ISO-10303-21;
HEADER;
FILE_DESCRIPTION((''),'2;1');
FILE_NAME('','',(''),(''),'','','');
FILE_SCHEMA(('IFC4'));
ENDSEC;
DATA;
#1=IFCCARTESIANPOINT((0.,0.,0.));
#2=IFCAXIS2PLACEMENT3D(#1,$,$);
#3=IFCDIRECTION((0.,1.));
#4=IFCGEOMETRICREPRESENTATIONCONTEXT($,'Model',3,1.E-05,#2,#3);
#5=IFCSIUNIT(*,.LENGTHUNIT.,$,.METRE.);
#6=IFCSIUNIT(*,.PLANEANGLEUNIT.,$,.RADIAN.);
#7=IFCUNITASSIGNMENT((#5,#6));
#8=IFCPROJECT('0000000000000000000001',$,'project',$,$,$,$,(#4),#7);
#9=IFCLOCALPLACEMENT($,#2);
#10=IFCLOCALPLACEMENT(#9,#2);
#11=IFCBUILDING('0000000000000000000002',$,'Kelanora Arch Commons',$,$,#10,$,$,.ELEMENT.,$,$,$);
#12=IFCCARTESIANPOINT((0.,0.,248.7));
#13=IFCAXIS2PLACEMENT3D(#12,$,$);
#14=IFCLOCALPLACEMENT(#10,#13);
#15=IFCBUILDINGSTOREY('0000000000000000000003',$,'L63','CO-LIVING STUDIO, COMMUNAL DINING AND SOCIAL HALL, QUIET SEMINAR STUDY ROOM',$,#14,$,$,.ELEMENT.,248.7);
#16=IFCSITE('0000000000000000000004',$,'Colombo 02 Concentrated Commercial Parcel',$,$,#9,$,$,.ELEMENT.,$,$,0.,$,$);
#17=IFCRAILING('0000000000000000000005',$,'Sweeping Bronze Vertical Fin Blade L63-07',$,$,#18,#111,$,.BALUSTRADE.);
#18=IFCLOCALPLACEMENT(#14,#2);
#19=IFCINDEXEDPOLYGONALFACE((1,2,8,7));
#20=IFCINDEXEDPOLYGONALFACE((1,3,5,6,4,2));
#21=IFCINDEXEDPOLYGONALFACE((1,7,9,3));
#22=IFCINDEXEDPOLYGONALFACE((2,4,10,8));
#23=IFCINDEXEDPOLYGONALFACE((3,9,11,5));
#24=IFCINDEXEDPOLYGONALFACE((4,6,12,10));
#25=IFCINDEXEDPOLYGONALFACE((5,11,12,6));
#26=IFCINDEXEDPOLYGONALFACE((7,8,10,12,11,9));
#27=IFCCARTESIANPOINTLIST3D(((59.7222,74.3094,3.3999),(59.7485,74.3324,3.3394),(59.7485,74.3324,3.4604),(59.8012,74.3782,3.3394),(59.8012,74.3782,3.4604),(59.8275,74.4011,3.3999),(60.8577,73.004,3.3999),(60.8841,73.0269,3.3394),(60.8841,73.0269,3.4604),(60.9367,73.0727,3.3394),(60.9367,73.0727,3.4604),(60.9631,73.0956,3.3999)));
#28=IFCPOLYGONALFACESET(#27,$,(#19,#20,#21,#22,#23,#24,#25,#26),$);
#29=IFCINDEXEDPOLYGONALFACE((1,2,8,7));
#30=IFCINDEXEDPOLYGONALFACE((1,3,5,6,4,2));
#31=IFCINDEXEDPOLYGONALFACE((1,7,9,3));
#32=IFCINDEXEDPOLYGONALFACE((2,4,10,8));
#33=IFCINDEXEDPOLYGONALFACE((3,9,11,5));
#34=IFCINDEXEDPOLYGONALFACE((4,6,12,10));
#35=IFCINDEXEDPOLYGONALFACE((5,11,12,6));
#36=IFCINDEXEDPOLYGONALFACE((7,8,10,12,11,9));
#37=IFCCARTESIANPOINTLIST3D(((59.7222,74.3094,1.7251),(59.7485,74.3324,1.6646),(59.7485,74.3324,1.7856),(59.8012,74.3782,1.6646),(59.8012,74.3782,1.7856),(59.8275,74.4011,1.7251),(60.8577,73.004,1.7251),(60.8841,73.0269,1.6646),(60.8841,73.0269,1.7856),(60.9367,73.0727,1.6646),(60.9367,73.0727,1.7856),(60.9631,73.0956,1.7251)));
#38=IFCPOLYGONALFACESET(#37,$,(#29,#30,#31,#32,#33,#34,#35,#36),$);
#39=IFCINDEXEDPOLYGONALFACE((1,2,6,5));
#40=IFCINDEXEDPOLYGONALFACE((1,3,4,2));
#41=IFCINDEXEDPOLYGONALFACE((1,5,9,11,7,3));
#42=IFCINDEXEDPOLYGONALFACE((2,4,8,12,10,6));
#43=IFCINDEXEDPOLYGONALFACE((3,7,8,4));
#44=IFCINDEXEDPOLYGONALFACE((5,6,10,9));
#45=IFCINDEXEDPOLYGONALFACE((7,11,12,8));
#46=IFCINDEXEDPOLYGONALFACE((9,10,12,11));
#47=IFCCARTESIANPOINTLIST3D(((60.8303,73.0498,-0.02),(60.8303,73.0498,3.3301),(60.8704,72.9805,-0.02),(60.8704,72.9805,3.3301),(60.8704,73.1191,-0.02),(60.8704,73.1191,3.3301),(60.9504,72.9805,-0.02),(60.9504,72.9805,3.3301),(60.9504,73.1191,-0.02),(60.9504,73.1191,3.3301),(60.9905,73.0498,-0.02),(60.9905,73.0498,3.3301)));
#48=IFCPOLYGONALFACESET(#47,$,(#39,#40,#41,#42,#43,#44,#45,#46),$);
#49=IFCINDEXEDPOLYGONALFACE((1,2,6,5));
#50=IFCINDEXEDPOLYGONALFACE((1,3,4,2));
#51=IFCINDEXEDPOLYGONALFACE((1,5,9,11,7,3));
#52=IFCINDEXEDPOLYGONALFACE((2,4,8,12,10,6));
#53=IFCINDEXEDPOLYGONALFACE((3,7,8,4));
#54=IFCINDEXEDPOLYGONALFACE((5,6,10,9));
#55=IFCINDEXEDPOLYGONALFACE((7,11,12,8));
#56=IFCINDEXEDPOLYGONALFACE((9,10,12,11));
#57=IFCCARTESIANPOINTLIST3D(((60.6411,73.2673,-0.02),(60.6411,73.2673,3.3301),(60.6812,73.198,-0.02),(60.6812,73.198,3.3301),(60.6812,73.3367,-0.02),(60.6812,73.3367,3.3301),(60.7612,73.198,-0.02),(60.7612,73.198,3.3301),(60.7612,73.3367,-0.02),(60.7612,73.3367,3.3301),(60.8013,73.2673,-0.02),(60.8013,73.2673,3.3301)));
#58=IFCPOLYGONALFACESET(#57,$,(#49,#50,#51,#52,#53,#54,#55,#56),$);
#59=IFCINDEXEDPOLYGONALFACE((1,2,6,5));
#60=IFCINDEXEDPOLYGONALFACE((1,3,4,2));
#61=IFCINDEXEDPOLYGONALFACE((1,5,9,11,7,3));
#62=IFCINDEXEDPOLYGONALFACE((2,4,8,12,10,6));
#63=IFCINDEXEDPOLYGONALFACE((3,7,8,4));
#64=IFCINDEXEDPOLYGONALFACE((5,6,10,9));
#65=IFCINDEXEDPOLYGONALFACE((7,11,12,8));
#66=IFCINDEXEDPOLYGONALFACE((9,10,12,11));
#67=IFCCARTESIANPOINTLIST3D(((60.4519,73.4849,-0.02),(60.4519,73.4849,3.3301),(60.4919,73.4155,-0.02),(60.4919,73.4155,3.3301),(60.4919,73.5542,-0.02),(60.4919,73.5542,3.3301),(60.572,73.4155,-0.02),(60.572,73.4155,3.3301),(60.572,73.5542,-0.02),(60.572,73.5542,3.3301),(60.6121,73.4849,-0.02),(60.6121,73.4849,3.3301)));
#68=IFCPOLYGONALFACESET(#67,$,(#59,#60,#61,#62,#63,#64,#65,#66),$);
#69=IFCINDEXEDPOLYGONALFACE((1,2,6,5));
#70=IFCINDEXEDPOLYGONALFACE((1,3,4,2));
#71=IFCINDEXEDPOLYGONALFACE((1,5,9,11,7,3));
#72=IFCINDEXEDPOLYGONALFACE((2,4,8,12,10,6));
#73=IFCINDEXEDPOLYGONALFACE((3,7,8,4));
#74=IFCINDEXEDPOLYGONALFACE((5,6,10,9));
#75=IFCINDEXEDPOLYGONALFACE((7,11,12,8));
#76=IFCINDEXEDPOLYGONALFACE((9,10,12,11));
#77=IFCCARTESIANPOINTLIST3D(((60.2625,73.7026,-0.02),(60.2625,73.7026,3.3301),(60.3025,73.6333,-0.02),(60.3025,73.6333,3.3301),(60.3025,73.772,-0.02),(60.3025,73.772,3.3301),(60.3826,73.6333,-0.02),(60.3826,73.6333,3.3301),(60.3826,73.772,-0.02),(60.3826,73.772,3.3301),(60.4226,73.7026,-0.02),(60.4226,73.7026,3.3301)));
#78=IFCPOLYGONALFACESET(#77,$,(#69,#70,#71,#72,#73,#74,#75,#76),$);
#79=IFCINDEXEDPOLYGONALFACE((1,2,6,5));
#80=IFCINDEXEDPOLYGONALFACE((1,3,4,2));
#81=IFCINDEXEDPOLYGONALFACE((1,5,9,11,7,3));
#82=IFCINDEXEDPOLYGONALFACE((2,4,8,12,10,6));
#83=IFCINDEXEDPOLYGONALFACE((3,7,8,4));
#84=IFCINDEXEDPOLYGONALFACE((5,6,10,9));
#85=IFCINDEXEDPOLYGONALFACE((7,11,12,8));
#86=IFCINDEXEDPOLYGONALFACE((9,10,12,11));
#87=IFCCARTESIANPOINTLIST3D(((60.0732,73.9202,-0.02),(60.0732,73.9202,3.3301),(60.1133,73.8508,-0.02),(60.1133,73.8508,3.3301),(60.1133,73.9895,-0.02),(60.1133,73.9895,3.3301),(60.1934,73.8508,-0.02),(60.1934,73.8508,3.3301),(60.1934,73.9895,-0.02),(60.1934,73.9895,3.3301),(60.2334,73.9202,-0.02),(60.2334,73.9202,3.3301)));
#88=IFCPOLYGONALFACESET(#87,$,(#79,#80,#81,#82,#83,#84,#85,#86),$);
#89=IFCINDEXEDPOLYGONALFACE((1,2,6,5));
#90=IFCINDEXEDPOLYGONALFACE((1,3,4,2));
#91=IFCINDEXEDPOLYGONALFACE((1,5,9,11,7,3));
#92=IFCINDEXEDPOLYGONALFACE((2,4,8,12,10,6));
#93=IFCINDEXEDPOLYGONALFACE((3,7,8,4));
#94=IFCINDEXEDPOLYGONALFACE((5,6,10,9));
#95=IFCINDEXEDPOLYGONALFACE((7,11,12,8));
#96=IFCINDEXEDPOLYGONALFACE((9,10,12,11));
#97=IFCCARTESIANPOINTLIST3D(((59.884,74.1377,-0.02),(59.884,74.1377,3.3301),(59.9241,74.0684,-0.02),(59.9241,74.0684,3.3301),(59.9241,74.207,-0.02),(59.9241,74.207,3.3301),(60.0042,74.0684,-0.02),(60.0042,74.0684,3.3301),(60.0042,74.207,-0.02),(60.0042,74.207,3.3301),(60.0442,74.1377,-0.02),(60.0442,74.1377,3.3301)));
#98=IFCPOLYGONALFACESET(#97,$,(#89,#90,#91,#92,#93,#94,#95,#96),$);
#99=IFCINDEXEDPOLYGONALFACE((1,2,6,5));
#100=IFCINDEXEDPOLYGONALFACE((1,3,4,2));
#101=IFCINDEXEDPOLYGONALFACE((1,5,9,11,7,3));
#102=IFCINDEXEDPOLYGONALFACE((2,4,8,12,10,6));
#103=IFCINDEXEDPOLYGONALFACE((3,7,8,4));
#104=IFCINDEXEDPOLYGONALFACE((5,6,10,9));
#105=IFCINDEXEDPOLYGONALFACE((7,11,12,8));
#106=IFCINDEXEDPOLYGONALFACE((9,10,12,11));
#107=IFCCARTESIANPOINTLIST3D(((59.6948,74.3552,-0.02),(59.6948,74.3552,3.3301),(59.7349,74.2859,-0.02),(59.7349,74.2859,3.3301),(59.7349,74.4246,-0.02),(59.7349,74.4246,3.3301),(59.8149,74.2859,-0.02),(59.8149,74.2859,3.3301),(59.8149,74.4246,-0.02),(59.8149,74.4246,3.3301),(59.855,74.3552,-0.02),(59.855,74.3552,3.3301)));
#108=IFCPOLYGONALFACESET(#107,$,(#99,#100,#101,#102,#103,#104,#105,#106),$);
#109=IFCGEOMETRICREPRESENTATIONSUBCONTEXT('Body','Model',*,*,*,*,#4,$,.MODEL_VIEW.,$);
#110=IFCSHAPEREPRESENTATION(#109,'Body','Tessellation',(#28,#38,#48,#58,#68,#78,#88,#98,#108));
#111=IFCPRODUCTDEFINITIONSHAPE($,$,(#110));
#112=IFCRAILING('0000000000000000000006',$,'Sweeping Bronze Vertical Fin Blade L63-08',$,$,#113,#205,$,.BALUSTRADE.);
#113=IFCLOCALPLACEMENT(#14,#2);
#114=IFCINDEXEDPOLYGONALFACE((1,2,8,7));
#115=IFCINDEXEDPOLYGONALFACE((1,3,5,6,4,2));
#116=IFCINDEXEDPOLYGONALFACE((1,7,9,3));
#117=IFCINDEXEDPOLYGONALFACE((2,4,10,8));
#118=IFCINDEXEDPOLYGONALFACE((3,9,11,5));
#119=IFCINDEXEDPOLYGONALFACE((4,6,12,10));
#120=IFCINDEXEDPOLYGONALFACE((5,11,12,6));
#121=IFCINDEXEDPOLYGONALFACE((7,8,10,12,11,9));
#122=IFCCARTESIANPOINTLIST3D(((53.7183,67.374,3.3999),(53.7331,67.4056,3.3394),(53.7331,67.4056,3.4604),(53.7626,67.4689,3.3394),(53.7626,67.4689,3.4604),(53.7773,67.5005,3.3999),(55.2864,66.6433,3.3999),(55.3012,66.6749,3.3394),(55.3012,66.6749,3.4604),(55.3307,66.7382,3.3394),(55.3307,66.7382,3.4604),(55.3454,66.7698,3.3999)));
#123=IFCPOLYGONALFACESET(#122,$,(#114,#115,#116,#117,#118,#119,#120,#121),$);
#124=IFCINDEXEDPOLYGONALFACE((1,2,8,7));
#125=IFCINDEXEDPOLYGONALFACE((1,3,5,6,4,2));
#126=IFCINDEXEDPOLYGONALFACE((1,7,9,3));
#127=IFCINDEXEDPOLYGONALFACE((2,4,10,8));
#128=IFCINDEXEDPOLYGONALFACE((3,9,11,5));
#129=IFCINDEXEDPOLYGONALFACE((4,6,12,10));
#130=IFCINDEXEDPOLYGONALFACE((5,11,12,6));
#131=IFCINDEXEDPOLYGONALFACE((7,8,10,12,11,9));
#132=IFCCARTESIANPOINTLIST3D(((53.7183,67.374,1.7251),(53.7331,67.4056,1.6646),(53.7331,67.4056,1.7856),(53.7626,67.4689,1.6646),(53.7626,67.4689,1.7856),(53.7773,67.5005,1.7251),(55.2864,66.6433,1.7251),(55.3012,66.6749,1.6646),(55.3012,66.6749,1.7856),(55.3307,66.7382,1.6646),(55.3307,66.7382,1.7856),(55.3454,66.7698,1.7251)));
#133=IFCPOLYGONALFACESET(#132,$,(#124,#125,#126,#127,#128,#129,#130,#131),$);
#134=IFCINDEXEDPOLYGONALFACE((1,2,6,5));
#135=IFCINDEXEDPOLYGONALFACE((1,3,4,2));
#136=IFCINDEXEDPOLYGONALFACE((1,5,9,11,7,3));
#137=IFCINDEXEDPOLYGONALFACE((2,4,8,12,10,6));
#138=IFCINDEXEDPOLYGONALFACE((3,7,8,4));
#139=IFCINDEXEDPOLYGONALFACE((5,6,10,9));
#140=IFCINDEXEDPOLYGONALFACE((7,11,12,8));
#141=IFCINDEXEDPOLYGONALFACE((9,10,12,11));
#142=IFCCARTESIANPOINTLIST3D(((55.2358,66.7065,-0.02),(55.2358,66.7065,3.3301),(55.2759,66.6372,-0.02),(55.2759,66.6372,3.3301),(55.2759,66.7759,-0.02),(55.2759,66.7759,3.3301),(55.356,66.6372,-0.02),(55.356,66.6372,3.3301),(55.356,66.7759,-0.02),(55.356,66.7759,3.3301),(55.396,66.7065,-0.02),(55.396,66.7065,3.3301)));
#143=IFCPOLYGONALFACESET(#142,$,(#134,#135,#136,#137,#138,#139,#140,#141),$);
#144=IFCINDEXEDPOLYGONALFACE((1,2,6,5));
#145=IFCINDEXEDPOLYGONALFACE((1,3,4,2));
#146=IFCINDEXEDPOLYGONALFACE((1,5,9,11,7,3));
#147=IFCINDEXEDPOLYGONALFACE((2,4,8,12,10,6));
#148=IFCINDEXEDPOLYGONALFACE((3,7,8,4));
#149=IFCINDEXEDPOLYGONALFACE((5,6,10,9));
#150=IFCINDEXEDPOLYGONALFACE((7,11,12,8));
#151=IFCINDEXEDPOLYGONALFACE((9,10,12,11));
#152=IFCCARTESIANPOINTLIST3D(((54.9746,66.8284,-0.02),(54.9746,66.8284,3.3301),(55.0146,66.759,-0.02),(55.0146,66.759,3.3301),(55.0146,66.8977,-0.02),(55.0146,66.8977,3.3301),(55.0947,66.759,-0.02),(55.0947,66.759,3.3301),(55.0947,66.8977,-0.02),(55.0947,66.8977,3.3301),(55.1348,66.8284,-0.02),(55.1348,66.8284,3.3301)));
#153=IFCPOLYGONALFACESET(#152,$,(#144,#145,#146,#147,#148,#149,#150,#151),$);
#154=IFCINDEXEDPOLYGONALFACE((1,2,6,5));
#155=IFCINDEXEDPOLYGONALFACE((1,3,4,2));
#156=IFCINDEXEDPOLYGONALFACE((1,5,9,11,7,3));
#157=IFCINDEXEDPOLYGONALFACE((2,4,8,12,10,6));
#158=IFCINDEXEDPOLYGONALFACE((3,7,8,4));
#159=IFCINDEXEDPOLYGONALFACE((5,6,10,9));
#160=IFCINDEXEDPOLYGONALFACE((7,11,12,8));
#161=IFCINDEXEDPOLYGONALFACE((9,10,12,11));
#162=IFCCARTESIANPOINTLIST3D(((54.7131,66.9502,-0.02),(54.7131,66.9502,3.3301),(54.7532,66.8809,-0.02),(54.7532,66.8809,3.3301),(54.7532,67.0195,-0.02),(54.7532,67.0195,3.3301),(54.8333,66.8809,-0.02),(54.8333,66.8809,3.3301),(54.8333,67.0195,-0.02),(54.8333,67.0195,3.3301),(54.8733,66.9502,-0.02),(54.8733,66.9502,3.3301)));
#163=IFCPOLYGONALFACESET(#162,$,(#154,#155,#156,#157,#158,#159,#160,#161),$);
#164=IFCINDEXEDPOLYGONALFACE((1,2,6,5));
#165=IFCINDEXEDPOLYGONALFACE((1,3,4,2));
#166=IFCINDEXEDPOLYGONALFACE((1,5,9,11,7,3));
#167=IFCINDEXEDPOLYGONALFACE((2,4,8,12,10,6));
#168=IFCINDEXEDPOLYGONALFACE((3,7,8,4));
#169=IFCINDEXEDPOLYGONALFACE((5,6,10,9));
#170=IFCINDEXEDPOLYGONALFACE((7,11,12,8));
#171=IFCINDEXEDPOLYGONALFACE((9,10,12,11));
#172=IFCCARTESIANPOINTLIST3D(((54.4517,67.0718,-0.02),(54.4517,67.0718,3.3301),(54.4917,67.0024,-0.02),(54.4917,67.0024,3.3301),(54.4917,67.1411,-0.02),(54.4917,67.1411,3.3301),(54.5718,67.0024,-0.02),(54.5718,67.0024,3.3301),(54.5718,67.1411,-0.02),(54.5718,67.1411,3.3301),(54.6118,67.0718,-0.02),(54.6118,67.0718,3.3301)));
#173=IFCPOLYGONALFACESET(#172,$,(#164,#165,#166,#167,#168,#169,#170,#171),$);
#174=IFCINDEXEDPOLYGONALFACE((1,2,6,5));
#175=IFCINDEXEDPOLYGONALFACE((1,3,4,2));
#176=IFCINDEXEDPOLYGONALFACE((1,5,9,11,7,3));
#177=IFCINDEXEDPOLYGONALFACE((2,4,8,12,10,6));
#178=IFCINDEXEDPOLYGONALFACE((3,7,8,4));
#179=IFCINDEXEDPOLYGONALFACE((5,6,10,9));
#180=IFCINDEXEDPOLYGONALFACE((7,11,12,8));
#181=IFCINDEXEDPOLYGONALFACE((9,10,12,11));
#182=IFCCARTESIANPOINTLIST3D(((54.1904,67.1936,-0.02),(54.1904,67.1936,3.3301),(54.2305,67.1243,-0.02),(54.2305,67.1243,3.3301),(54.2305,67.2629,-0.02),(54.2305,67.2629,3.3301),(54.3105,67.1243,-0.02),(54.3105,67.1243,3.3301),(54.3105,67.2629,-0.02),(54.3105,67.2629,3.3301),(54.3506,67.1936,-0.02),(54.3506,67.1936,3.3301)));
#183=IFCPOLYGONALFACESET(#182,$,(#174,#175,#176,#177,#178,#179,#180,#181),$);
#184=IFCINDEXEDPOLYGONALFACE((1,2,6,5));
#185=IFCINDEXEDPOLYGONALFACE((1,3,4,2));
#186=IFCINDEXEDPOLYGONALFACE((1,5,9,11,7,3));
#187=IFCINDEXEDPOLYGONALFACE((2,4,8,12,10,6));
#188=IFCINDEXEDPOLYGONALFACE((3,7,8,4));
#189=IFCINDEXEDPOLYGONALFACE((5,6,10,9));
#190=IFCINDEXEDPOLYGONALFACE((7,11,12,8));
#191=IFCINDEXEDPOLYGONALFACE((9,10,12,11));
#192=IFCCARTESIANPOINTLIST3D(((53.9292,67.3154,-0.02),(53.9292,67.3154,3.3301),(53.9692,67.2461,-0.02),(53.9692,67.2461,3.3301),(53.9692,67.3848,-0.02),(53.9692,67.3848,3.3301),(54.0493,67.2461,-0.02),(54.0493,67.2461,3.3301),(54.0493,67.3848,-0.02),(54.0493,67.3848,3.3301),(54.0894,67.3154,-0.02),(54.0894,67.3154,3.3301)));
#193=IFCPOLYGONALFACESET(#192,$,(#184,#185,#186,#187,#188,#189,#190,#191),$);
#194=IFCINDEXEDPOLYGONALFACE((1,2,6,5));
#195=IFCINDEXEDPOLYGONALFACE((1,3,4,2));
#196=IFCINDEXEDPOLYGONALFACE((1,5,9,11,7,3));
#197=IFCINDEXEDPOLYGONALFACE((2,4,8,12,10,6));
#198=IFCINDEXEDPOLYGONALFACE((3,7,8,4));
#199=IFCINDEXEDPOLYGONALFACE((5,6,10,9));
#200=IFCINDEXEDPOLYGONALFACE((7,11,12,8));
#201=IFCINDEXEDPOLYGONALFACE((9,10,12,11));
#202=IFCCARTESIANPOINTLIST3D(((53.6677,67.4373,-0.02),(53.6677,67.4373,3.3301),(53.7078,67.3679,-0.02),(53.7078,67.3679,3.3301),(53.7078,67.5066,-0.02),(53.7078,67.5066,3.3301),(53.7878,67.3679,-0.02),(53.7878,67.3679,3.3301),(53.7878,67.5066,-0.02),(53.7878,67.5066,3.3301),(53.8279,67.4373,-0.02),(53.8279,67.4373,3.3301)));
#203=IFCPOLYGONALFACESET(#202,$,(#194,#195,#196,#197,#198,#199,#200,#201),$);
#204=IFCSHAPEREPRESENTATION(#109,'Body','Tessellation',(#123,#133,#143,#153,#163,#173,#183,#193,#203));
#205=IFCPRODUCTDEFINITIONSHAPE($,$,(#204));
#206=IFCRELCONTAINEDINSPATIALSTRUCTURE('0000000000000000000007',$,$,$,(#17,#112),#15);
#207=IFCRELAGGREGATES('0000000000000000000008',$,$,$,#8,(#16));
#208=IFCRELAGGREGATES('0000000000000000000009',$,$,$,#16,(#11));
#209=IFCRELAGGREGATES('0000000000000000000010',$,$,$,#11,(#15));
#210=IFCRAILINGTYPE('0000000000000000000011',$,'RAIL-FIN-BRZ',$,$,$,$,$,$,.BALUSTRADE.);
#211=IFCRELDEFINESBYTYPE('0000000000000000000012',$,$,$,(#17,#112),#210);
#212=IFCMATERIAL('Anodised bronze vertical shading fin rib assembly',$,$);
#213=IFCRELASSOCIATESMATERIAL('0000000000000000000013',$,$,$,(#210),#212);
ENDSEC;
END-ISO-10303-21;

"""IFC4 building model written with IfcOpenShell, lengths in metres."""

from ifc_helpers import new_model, si_unit, direction, frame, origin, place, context, subcontext, project, spatial, polyline, outline, extrude, material, type_object, element, save


model = new_model("IFC4")

# Units and contexts
model_context = context("Model", 3, precision=1e-05, world=origin(), true_north=direction((0.0, 1.0)))
body_context = subcontext(model_context, "Body", "Model", "MODEL_VIEW")
ifc_project = project(units=[si_unit("LENGTHUNIT", "METRE"), si_unit("PLANEANGLEUNIT", "RADIAN")], contexts=[model_context])

# Site, building, storey
site_placement = place(None, origin())
site = spatial("IfcSite", under=ifc_project, at=site_placement, Name="Colombo 02 Concentrated Commercial Parcel", CompositionType="ELEMENT", RefElevation=0.0)
building_placement = place(site_placement, origin())
building = spatial("IfcBuilding", under=site, at=building_placement, Name="Kelanora Arch Commons", CompositionType="ELEMENT")
storey_placement = place(building_placement, frame((0.0, 0.0, 248.7)))
storey = spatial("IfcBuildingStorey", under=building, at=storey_placement, Name="L63", Description="CO-LIVING STUDIO, COMMUNAL DINING AND SOCIAL HALL, QUIET SEMINAR STUDY ROOM", CompositionType="ELEMENT", Elevation=248.7)

# Railings
ifc_material_1 = material(Name="Anodised bronze vertical shading fin rib assembly")
railing_type = type_object("IfcRailingType", Name="RAIL-FIN-BRZ", PredefinedType="BALUSTRADE", material=ifc_material_1)
railing_1_placement = place(storey_placement, frame((60.9104, 73.0498, -0.02)))
element("IfcRailing", 1, at=railing_1_placement, inside=storey, type_object=railing_type, Name="Sweeping Bronze Vertical Fin Blade L63-07", PredefinedType="BALUSTRADE", context=body_context, shape_type="SweptSolid", body=[
    extrude(outline(polyline([(0.0698, 0.0), (0.0349, 0.0605), (-0.0349, 0.0605), (-0.0698, 0.0), (-0.0349, -0.0605), (0.0349, -0.0605), (0.0698, 0.0)])), frame((0.0, 0.0, 3.4199), z_axis=(-0.656294, 0.754505, 0.0), x_axis=(-0.754505, -0.656294, 0.0)), (0.0, 0.0, 1.0), 1.7302),
    extrude(outline(polyline([(0.0698, 0.0), (0.0349, 0.0605), (-0.0349, 0.0605), (-0.0698, 0.0), (-0.0349, -0.0605), (0.0349, -0.0605), (0.0698, 0.0)])), frame((0.0, 0.0, 1.7451), z_axis=(-0.656294, 0.754505, 0.0), x_axis=(-0.754505, -0.656294, 0.0)), (0.0, 0.0, 1.0), 1.7302),
    extrude(outline(polyline([(0.0801, 0.0), (0.04, 0.0693), (-0.04, 0.0693), (-0.0801, 0.0), (-0.04, -0.0693), (0.04, -0.0693), (0.0801, 0.0)])), origin(), (0.0, 0.0, 1.0), 3.3501),
    extrude(outline(polyline([(0.0801, 0.0), (0.04, 0.0693), (-0.04, 0.0693), (-0.0801, 0.0), (-0.04, -0.0693), (0.04, -0.0693), (0.0801, 0.0)])), frame((-0.1892, 0.2175, 0.0)), (0.0, 0.0, 1.0), 3.3501),
    extrude(outline(polyline([(0.0801, 0.0), (0.04, 0.0693), (-0.04, 0.0693), (-0.0801, 0.0), (-0.04, -0.0693), (0.04, -0.0693), (0.0801, 0.0)])), frame((-0.3784, 0.4351, 0.0)), (0.0, 0.0, 1.0), 3.3501),
    extrude(outline(polyline([(0.0801, 0.0), (0.04, 0.0693), (-0.04, 0.0693), (-0.0801, 0.0), (-0.04, -0.0693), (0.04, -0.0693), (0.0801, 0.0)])), frame((-0.5679, 0.6528, 0.0)), (0.0, 0.0, 1.0), 3.3501),
    extrude(outline(polyline([(0.0801, 0.0), (0.04, 0.0693), (-0.04, 0.0693), (-0.0801, 0.0), (-0.04, -0.0693), (0.04, -0.0693), (0.0801, 0.0)])), frame((-0.7571, 0.8704, 0.0)), (0.0, 0.0, 1.0), 3.3501),
    extrude(outline(polyline([(0.0801, 0.0), (0.04, 0.0693), (-0.04, 0.0693), (-0.0801, 0.0), (-0.04, -0.0693), (0.04, -0.0693), (0.0801, 0.0)])), frame((-0.9463, 1.0879, 0.0)), (0.0, 0.0, 1.0), 3.3501),
    extrude(outline(polyline([(0.0801, 0.0), (0.04, 0.0693), (-0.04, 0.0693), (-0.0801, 0.0), (-0.04, -0.0693), (0.04, -0.0693), (0.0801, 0.0)])), frame((-1.1355, 1.3054, 0.0)), (0.0, 0.0, 1.0), 3.3501),
])
railing_2_placement = place(storey_placement, frame((55.3159, 66.7065, -0.02)))
element("IfcRailing", 2, at=railing_2_placement, inside=storey, type_object=railing_type, Name="Sweeping Bronze Vertical Fin Blade L63-08", PredefinedType="BALUSTRADE", context=body_context, shape_type="SweptSolid", body=[
    extrude(outline(polyline([(0.0698, 0.0), (0.0349, 0.0605), (-0.0349, 0.0605), (-0.0698, 0.0), (-0.0349, -0.0605), (0.0349, -0.0605), (0.0698, 0.0)])), frame((0.0, 0.0, 3.4199), z_axis=(-0.906421, 0.422376, 0.0), x_axis=(-0.422376, -0.906421, 0.0)), (0.0, 0.0, 1.0), 1.73),
    extrude(outline(polyline([(0.0698, 0.0), (0.0349, 0.0605), (-0.0349, 0.0605), (-0.0698, 0.0), (-0.0349, -0.0605), (0.0349, -0.0605), (0.0698, 0.0)])), frame((0.0, 0.0, 1.7451), z_axis=(-0.906421, 0.422376, 0.0), x_axis=(-0.422376, -0.906421, 0.0)), (0.0, 0.0, 1.0), 1.73),
    extrude(outline(polyline([(0.0801, 0.0), (0.04, 0.0693), (-0.04, 0.0693), (-0.0801, 0.0), (-0.04, -0.0693), (0.04, -0.0693), (0.0801, 0.0)])), origin(), (0.0, 0.0, 1.0), 3.3501),
    extrude(outline(polyline([(0.0801, 0.0), (0.04, 0.0693), (-0.04, 0.0693), (-0.0801, 0.0), (-0.04, -0.0693), (0.04, -0.0693), (0.0801, 0.0)])), frame((-0.2612, 0.1218, 0.0)), (0.0, 0.0, 1.0), 3.3501),
    extrude(outline(polyline([(0.0801, 0.0), (0.04, 0.0693), (-0.04, 0.0693), (-0.0801, 0.0), (-0.04, -0.0693), (0.04, -0.0693), (0.0801, 0.0)])), frame((-0.5227, 0.2437, 0.0)), (0.0, 0.0, 1.0), 3.3501),
    extrude(outline(polyline([(0.0801, 0.0), (0.04, 0.0693), (-0.04, 0.0693), (-0.0801, 0.0), (-0.04, -0.0693), (0.04, -0.0693), (0.0801, 0.0)])), frame((-0.7842, 0.3652, 0.0)), (0.0, 0.0, 1.0), 3.3501),
    extrude(outline(polyline([(0.0801, 0.0), (0.04, 0.0693), (-0.04, 0.0693), (-0.0801, 0.0), (-0.04, -0.0693), (0.04, -0.0693), (0.0801, 0.0)])), frame((-1.0454, 0.4871, 0.0)), (0.0, 0.0, 1.0), 3.3501),
    extrude(outline(polyline([(0.0801, 0.0), (0.04, 0.0693), (-0.04, 0.0693), (-0.0801, 0.0), (-0.04, -0.0693), (0.04, -0.0693), (0.0801, 0.0)])), frame((-1.3066, 0.6089, 0.0)), (0.0, 0.0, 1.0), 3.3501),
    extrude(outline(polyline([(0.0801, 0.0), (0.04, 0.0693), (-0.04, 0.0693), (-0.0801, 0.0), (-0.04, -0.0693), (0.04, -0.0693), (0.0801, 0.0)])), frame((-1.5681, 0.7307, 0.0)), (0.0, 0.0, 1.0), 3.3501),
])

save(model, "model.ifc")
